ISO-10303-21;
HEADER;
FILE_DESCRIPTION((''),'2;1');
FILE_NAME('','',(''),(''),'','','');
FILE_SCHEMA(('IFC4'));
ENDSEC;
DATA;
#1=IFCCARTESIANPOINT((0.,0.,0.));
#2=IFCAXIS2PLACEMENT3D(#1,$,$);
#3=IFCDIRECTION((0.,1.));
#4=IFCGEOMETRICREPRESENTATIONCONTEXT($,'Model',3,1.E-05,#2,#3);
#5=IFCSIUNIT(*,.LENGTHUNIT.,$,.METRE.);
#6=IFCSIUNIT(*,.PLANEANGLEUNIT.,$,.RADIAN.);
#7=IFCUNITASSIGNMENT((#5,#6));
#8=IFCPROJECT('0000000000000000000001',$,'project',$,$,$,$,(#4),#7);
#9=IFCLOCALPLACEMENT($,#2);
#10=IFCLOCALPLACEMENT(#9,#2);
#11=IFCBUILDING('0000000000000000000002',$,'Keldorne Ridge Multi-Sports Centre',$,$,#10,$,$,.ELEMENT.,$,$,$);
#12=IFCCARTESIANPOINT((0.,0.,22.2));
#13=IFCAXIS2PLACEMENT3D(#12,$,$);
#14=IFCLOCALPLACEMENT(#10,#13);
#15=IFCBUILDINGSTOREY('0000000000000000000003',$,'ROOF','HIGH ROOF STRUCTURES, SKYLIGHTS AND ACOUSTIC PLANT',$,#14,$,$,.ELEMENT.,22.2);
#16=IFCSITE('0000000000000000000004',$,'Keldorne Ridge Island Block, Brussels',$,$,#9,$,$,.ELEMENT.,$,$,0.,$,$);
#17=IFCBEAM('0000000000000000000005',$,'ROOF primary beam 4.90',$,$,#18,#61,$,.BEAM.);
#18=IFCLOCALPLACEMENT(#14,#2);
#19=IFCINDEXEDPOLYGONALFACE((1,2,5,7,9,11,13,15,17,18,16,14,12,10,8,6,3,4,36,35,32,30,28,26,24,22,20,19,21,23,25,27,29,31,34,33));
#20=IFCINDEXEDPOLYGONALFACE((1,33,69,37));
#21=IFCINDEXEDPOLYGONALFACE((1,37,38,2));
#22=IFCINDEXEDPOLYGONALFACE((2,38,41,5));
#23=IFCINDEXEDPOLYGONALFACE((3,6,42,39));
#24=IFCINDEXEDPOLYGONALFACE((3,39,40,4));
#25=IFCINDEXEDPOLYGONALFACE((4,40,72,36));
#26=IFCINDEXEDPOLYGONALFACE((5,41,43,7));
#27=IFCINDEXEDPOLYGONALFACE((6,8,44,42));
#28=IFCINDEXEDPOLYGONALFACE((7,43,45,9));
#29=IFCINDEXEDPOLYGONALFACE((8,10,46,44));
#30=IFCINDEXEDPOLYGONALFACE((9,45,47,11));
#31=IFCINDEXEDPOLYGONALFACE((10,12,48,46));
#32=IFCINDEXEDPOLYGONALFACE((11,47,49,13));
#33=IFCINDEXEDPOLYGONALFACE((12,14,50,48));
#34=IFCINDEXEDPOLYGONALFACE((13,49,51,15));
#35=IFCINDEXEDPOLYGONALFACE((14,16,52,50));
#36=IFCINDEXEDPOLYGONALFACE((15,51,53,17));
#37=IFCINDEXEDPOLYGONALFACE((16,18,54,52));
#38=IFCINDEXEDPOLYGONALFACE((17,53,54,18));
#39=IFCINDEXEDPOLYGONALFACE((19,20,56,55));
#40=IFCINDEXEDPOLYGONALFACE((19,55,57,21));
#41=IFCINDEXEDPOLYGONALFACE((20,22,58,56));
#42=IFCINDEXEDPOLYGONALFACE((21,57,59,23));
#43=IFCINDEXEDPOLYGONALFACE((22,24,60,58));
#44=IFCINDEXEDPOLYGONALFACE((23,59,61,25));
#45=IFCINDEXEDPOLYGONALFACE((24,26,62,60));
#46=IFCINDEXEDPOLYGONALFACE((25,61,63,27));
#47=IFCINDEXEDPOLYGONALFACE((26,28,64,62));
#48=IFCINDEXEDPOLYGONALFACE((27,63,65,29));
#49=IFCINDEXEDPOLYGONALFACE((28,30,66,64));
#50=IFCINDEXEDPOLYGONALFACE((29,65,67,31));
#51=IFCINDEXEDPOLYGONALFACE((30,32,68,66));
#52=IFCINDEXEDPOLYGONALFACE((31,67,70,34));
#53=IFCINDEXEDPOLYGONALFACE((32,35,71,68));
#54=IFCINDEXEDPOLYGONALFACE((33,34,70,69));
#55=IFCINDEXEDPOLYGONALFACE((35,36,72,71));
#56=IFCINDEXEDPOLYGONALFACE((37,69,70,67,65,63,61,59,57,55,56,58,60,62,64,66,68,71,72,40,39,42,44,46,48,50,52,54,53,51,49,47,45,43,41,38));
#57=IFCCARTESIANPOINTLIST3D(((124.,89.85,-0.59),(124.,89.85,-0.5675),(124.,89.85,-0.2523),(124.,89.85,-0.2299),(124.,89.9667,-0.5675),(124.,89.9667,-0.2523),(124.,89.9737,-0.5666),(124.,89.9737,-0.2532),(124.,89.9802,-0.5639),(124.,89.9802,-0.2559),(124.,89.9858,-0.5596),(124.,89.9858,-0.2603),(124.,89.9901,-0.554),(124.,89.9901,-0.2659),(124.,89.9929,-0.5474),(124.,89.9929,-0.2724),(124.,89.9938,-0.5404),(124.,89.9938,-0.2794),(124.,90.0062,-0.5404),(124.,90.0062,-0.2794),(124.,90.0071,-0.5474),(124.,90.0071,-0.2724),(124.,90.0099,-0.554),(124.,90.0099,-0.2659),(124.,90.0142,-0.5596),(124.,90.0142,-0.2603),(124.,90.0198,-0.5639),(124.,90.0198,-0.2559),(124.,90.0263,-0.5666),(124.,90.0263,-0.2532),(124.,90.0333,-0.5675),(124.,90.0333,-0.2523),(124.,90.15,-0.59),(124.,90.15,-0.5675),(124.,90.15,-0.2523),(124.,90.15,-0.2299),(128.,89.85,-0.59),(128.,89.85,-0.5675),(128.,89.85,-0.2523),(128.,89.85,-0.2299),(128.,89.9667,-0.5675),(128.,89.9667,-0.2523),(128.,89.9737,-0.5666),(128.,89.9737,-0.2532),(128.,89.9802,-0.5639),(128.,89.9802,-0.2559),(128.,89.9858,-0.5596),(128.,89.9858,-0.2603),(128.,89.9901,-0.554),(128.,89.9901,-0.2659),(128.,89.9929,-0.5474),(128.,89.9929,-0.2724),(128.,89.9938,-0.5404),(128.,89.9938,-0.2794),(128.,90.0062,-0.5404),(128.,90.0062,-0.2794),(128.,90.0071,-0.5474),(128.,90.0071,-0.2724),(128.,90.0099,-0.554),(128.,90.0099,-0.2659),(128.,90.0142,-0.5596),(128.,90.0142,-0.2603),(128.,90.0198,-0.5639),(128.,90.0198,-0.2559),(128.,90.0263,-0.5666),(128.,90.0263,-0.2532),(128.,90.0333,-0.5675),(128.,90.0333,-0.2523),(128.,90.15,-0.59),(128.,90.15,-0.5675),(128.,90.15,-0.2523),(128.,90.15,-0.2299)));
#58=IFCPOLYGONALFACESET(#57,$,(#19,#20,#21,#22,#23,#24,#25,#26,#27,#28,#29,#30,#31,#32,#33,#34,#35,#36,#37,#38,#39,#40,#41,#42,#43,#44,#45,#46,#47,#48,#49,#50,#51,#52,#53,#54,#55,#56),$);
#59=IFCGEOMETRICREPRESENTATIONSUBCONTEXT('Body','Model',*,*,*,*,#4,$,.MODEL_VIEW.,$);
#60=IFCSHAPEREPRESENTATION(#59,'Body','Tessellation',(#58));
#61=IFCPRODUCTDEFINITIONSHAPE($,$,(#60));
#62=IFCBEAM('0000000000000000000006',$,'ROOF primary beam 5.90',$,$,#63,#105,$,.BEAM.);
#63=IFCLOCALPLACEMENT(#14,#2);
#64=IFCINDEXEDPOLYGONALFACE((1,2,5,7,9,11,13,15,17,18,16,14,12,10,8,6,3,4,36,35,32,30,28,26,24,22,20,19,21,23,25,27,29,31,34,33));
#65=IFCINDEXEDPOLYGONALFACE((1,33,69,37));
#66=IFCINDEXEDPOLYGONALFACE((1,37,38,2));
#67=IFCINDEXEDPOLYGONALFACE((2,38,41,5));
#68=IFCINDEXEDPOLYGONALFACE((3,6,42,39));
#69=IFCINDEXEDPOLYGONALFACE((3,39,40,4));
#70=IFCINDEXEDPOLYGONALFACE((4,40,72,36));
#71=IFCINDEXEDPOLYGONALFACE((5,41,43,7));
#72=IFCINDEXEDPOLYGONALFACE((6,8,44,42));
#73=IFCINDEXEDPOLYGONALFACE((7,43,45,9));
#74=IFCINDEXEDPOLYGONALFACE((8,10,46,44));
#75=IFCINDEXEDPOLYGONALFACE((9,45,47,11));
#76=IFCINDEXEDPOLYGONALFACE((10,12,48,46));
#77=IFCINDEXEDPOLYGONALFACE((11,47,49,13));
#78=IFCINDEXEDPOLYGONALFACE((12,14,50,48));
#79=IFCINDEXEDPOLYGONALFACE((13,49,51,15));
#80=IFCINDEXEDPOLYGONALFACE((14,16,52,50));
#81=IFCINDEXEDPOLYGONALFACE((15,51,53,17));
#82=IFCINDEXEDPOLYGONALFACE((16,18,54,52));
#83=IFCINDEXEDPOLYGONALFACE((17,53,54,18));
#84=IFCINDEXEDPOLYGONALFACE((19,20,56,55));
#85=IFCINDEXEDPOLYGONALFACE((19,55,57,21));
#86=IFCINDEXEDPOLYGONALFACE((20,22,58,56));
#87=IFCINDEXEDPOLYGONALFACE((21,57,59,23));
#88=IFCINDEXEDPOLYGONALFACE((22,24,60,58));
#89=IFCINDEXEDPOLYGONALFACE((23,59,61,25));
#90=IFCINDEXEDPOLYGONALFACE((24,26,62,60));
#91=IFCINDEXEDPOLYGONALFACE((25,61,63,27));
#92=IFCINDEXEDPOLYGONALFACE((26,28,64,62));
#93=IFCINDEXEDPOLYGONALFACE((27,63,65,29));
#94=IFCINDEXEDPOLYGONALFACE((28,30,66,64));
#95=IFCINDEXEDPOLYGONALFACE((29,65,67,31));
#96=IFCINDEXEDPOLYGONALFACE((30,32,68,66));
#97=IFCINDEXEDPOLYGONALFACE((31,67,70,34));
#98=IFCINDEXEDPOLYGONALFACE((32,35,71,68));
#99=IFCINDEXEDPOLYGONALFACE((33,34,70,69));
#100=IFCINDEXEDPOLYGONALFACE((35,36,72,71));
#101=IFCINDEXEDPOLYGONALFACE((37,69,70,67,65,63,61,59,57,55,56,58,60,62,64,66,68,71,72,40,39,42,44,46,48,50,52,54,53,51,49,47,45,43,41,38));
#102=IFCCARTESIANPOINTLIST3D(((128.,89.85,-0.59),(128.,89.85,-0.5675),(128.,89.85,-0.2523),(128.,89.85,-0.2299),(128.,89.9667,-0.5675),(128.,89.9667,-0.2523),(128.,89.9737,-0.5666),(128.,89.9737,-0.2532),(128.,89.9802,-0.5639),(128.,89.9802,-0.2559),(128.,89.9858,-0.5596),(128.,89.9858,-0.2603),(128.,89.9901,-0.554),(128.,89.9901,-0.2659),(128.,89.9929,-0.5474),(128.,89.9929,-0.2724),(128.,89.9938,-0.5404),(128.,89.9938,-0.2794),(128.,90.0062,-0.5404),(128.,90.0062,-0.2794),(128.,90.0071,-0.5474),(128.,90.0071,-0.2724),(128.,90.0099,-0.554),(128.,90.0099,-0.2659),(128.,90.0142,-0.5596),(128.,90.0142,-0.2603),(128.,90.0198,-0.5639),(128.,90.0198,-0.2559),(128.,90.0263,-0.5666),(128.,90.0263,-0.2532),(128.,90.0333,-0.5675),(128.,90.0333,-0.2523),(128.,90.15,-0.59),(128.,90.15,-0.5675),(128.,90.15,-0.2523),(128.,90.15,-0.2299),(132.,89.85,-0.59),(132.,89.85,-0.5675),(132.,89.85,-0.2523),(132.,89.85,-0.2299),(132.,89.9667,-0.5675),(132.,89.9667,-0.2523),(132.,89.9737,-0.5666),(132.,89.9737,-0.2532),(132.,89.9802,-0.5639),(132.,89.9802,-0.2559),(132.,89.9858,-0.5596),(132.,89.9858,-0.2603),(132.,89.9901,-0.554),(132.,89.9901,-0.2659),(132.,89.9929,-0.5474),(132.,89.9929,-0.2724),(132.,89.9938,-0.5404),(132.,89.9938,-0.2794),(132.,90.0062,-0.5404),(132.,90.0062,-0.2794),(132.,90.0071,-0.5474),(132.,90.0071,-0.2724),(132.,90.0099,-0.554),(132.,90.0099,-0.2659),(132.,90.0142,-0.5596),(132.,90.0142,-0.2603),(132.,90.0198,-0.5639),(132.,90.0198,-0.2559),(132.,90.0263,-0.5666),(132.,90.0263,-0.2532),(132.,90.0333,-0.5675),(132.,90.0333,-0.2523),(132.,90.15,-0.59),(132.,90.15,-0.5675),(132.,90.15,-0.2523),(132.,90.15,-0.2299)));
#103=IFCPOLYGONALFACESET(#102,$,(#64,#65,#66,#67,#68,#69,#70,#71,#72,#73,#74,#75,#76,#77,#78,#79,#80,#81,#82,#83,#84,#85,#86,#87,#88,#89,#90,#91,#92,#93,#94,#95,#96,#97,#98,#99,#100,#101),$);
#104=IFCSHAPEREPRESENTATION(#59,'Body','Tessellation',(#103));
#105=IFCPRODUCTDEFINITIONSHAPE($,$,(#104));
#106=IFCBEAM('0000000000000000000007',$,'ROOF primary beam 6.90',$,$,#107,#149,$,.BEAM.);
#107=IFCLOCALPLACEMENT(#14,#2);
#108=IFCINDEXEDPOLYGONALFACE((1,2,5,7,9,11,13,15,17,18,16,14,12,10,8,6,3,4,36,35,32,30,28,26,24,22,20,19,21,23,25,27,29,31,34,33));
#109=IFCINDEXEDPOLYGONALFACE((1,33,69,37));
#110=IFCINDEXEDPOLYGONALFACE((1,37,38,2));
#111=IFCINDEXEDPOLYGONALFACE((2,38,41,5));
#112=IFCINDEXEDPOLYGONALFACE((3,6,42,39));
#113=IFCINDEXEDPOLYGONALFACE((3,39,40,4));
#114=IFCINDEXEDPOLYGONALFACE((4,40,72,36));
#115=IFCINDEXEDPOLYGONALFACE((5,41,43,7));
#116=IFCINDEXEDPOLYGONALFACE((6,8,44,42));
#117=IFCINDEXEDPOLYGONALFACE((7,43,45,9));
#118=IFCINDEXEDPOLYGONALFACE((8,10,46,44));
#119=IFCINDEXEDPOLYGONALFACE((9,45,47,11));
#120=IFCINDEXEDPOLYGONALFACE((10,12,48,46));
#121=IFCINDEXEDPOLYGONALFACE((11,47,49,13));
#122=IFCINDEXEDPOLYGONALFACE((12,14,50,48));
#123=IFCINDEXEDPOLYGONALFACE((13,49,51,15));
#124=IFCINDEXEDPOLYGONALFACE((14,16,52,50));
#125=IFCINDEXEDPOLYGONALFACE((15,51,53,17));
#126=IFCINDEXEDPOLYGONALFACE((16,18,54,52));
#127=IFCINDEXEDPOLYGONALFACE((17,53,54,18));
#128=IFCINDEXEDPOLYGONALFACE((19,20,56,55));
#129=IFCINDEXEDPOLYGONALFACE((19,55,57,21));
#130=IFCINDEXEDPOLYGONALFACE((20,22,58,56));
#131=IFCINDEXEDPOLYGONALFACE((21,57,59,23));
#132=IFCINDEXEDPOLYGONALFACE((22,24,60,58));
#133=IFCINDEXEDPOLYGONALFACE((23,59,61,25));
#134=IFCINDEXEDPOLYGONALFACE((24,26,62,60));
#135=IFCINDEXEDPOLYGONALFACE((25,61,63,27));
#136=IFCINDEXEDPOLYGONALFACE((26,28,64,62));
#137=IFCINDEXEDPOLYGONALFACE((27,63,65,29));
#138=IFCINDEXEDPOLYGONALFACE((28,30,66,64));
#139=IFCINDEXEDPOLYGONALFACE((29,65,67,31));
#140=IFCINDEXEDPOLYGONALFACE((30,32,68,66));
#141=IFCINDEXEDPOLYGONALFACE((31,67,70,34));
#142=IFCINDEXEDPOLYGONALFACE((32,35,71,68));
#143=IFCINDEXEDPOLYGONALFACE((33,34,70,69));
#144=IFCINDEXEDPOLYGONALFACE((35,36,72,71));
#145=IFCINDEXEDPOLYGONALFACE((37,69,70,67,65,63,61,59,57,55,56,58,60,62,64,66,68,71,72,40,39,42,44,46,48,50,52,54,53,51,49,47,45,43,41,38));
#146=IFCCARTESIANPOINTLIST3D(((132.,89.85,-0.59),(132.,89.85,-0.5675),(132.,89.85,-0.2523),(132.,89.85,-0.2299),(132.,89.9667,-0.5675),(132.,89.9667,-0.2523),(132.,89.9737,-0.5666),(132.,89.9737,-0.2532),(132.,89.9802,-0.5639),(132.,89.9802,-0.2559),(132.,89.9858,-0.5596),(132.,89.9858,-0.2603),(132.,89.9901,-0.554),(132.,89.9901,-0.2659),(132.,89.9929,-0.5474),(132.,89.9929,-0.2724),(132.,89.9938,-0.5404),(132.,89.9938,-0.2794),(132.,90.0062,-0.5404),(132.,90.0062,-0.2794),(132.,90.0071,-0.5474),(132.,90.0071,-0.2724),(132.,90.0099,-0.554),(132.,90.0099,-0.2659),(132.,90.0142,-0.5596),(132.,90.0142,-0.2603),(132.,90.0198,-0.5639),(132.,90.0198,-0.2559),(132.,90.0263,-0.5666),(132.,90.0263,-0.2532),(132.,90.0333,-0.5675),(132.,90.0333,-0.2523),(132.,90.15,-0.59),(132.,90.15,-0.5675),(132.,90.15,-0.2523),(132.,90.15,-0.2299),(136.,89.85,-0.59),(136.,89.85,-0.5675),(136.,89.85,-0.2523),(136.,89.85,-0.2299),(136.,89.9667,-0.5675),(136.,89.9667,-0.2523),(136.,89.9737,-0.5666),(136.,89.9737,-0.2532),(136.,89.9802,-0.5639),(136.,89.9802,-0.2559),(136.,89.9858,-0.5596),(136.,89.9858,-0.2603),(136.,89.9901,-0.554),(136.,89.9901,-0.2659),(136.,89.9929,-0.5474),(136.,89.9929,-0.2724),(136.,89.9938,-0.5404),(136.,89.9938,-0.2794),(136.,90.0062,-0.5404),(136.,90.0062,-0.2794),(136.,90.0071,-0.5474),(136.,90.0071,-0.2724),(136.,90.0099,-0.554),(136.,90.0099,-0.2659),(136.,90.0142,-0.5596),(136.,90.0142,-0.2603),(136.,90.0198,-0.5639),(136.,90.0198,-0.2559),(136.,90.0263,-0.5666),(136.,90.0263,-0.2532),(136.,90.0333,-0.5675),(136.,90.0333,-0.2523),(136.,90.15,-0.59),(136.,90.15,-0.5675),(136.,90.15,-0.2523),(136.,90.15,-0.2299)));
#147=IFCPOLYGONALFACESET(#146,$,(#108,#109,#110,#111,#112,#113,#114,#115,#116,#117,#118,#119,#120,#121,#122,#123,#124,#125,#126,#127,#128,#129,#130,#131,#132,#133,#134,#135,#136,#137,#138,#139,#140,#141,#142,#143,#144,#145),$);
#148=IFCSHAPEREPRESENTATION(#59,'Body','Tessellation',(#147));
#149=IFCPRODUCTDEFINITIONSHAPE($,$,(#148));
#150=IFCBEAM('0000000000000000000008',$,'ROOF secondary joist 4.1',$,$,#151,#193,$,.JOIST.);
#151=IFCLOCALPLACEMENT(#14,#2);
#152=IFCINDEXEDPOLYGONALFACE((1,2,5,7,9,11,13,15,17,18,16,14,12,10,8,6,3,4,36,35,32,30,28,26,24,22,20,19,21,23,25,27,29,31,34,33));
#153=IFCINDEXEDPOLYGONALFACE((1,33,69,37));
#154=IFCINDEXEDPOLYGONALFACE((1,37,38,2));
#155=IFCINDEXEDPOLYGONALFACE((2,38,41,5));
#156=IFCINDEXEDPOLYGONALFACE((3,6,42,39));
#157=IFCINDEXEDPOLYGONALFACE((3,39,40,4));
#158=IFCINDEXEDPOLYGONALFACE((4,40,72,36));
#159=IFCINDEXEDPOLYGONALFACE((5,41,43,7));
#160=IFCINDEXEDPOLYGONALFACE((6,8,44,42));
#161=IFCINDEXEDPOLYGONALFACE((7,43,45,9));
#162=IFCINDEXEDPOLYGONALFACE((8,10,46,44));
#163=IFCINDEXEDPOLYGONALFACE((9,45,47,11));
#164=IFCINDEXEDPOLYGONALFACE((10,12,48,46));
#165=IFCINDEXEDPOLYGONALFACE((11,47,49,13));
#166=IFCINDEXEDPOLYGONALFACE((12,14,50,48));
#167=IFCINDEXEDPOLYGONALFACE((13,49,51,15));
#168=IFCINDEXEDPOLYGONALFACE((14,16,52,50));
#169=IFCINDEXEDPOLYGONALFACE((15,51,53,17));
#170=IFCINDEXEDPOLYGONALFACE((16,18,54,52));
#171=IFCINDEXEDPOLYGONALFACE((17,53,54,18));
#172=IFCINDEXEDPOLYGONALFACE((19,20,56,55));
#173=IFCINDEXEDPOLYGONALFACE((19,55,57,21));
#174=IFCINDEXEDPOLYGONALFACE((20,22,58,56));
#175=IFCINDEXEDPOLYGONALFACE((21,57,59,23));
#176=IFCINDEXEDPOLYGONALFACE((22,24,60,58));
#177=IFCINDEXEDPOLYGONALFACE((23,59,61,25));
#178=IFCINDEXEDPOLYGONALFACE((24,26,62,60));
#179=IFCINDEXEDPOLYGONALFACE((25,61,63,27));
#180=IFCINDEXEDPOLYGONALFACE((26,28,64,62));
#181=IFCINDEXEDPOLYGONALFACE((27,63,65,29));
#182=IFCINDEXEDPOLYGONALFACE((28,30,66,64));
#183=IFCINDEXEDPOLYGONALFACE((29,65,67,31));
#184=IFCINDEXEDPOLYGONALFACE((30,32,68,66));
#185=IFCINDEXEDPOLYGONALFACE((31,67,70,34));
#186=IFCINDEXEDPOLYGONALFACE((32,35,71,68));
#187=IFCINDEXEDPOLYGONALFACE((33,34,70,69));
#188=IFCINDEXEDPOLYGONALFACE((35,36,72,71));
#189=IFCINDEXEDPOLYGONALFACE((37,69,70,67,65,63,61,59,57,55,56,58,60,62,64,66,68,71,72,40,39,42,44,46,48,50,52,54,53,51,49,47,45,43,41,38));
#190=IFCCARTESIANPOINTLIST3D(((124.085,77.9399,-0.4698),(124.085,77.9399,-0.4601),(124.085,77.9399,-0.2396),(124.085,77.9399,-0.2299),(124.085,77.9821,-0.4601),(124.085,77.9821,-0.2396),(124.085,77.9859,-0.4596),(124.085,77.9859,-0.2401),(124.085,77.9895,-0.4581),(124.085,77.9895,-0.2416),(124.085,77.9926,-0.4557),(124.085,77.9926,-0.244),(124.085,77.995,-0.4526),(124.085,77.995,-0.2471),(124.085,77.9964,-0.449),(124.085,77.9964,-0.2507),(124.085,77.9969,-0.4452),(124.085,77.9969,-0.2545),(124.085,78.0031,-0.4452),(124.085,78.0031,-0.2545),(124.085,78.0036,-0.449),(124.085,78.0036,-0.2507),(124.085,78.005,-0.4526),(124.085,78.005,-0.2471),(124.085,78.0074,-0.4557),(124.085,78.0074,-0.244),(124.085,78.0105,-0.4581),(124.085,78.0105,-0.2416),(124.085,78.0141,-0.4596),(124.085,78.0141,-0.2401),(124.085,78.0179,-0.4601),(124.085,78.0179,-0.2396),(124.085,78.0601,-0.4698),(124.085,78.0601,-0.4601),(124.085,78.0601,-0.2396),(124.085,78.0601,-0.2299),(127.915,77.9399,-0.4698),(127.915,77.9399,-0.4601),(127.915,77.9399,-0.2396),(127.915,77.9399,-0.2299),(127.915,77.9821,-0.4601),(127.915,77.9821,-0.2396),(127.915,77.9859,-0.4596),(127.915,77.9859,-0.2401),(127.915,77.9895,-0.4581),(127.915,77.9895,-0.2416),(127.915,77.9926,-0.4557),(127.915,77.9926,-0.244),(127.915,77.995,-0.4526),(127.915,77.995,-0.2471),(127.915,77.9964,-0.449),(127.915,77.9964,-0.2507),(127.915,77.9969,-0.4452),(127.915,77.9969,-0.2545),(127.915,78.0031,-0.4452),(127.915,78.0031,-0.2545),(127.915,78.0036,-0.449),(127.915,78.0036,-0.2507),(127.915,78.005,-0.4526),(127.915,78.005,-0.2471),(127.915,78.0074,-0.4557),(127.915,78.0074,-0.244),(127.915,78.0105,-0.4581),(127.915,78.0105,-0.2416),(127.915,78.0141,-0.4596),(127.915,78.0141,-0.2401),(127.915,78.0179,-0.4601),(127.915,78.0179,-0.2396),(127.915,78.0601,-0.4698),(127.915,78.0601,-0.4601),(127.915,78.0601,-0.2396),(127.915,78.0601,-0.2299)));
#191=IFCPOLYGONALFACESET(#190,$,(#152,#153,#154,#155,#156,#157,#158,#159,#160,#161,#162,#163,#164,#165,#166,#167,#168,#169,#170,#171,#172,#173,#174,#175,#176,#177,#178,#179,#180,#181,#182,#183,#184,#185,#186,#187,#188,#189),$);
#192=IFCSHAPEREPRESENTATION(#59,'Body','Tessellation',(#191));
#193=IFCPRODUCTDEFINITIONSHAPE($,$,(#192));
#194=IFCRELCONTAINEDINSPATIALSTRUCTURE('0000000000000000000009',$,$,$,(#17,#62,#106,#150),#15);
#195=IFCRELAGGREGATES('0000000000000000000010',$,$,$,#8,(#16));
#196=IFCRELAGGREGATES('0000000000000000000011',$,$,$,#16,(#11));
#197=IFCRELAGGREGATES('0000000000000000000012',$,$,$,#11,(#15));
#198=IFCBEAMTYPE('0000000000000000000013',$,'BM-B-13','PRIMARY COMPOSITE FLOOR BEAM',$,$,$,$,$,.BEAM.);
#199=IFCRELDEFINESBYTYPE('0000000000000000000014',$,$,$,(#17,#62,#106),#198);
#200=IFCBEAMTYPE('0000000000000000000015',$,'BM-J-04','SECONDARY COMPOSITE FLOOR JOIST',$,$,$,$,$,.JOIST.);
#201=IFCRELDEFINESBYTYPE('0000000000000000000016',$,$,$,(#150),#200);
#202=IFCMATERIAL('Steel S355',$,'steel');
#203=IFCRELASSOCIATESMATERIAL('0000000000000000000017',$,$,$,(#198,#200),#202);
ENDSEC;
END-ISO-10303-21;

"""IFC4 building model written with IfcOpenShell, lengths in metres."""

from ifc_helpers import new_model, si_unit, direction, frame, origin, origin_2d, place, context, subcontext, project, spatial, i_section, extrude, material, material_profile, profile_set, type_object, element, save


model = new_model("IFC4")

# Units and contexts
model_context = context("Model", 3, precision=1e-05, world=origin(), true_north=direction((0.0, 1.0)))
body_context = subcontext(model_context, "Body", "Model", "MODEL_VIEW")
ifc_project = project(units=[si_unit("LENGTHUNIT", "METRE"), si_unit("PLANEANGLEUNIT", "RADIAN")], contexts=[model_context])

# Site, building, storey
site_placement = place(None, origin())
site = spatial("IfcSite", under=ifc_project, at=site_placement, Name="Keldorne Ridge Island Block, Brussels", CompositionType="ELEMENT", RefElevation=0.0)
building_placement = place(site_placement, origin())
building = spatial("IfcBuilding", under=site, at=building_placement, Name="Keldorne Ridge Multi-Sports Centre", CompositionType="ELEMENT")
storey_placement = place(building_placement, frame((0.0, 0.0, 22.2)))
storey = spatial("IfcBuildingStorey", under=building, at=storey_placement, Name="ROOF", Description="HIGH ROOF STRUCTURES, SKYLIGHTS AND ACOUSTIC PLANT", CompositionType="ELEMENT", Elevation=22.2)

# Beams
ifc_material_1 = material(Name="Steel S355", Category="steel")
ifc_material_profile_1 = material_profile(ifc_material_1, i_section(OverallWidth=0.3, OverallDepth=0.3601, WebThickness=0.0125, FlangeThickness=0.0225, FilletRadius=0.0271, at=origin_2d()), Name="HEB 360")
ifc_profile_set_1 = profile_set([ifc_material_profile_1], Name="Steel S355")
beam_type_1 = type_object("IfcBeamType", Name="BM-B-13", Description="PRIMARY COMPOSITE FLOOR BEAM", PredefinedType="BEAM", material=ifc_profile_set_1)
for number, where, z_axis, x_axis, name in (
    (1, (124.0, 90.0, -0.4099), (1.0, 0.0, 0.0), (0.0, 1.0, 0.0), "ROOF primary beam 4.90"),
    (2, (128.0, 90.0, -0.4099), (1.0, 0.0, 0.0), (0.0, 1.0, 0.0), "ROOF primary beam 5.90"),
    (3, (132.0, 90.0, -0.4099), (1.0, 0.0, 0.0), (0.0, 1.0, 0.0), "ROOF primary beam 6.90"),
):
    element("IfcBeam", number, at=place(storey_placement, frame(where, z_axis=z_axis, x_axis=x_axis)), inside=storey, type_object=beam_type_1, Name=name, PredefinedType="BEAM", context=body_context, shape_type="SweptSolid", body=[
        extrude(i_section(OverallWidth=0.3, OverallDepth=0.3601, WebThickness=0.0125, FlangeThickness=0.0225, FilletRadius=0.0271, at=origin_2d()), origin(), (0.0, 0.0, 1.0), 4.0),
    ])
ifc_material_profile_2 = material_profile(ifc_material_1, i_section(OverallWidth=0.1201, OverallDepth=0.24, WebThickness=0.0061, FlangeThickness=0.0098, FilletRadius=0.0149, at=origin_2d()), Name="IPE 240")
ifc_profile_set_2 = profile_set([ifc_material_profile_2], Name="Steel S355")
beam_type_2 = type_object("IfcBeamType", Name="BM-J-04", Description="SECONDARY COMPOSITE FLOOR JOIST", PredefinedType="JOIST", material=ifc_profile_set_2)
for number, where, z_axis, x_axis, name in (
    (4, (124.085, 78.0, -0.3499), (1.0, 0.0, 0.0), (0.0, 1.0, 0.0), "ROOF secondary joist 4.1"),
):
    element("IfcBeam", number, at=place(storey_placement, frame(where, z_axis=z_axis, x_axis=x_axis)), inside=storey, type_object=beam_type_2, Name=name, PredefinedType="JOIST", context=body_context, shape_type="SweptSolid", body=[
        extrude(i_section(OverallWidth=0.1201, OverallDepth=0.24, WebThickness=0.0061, FlangeThickness=0.0098, FilletRadius=0.0149, at=origin_2d()), origin(), (0.0, 0.0, 1.0), 3.8301),
    ])

save(model, "model.ifc")
